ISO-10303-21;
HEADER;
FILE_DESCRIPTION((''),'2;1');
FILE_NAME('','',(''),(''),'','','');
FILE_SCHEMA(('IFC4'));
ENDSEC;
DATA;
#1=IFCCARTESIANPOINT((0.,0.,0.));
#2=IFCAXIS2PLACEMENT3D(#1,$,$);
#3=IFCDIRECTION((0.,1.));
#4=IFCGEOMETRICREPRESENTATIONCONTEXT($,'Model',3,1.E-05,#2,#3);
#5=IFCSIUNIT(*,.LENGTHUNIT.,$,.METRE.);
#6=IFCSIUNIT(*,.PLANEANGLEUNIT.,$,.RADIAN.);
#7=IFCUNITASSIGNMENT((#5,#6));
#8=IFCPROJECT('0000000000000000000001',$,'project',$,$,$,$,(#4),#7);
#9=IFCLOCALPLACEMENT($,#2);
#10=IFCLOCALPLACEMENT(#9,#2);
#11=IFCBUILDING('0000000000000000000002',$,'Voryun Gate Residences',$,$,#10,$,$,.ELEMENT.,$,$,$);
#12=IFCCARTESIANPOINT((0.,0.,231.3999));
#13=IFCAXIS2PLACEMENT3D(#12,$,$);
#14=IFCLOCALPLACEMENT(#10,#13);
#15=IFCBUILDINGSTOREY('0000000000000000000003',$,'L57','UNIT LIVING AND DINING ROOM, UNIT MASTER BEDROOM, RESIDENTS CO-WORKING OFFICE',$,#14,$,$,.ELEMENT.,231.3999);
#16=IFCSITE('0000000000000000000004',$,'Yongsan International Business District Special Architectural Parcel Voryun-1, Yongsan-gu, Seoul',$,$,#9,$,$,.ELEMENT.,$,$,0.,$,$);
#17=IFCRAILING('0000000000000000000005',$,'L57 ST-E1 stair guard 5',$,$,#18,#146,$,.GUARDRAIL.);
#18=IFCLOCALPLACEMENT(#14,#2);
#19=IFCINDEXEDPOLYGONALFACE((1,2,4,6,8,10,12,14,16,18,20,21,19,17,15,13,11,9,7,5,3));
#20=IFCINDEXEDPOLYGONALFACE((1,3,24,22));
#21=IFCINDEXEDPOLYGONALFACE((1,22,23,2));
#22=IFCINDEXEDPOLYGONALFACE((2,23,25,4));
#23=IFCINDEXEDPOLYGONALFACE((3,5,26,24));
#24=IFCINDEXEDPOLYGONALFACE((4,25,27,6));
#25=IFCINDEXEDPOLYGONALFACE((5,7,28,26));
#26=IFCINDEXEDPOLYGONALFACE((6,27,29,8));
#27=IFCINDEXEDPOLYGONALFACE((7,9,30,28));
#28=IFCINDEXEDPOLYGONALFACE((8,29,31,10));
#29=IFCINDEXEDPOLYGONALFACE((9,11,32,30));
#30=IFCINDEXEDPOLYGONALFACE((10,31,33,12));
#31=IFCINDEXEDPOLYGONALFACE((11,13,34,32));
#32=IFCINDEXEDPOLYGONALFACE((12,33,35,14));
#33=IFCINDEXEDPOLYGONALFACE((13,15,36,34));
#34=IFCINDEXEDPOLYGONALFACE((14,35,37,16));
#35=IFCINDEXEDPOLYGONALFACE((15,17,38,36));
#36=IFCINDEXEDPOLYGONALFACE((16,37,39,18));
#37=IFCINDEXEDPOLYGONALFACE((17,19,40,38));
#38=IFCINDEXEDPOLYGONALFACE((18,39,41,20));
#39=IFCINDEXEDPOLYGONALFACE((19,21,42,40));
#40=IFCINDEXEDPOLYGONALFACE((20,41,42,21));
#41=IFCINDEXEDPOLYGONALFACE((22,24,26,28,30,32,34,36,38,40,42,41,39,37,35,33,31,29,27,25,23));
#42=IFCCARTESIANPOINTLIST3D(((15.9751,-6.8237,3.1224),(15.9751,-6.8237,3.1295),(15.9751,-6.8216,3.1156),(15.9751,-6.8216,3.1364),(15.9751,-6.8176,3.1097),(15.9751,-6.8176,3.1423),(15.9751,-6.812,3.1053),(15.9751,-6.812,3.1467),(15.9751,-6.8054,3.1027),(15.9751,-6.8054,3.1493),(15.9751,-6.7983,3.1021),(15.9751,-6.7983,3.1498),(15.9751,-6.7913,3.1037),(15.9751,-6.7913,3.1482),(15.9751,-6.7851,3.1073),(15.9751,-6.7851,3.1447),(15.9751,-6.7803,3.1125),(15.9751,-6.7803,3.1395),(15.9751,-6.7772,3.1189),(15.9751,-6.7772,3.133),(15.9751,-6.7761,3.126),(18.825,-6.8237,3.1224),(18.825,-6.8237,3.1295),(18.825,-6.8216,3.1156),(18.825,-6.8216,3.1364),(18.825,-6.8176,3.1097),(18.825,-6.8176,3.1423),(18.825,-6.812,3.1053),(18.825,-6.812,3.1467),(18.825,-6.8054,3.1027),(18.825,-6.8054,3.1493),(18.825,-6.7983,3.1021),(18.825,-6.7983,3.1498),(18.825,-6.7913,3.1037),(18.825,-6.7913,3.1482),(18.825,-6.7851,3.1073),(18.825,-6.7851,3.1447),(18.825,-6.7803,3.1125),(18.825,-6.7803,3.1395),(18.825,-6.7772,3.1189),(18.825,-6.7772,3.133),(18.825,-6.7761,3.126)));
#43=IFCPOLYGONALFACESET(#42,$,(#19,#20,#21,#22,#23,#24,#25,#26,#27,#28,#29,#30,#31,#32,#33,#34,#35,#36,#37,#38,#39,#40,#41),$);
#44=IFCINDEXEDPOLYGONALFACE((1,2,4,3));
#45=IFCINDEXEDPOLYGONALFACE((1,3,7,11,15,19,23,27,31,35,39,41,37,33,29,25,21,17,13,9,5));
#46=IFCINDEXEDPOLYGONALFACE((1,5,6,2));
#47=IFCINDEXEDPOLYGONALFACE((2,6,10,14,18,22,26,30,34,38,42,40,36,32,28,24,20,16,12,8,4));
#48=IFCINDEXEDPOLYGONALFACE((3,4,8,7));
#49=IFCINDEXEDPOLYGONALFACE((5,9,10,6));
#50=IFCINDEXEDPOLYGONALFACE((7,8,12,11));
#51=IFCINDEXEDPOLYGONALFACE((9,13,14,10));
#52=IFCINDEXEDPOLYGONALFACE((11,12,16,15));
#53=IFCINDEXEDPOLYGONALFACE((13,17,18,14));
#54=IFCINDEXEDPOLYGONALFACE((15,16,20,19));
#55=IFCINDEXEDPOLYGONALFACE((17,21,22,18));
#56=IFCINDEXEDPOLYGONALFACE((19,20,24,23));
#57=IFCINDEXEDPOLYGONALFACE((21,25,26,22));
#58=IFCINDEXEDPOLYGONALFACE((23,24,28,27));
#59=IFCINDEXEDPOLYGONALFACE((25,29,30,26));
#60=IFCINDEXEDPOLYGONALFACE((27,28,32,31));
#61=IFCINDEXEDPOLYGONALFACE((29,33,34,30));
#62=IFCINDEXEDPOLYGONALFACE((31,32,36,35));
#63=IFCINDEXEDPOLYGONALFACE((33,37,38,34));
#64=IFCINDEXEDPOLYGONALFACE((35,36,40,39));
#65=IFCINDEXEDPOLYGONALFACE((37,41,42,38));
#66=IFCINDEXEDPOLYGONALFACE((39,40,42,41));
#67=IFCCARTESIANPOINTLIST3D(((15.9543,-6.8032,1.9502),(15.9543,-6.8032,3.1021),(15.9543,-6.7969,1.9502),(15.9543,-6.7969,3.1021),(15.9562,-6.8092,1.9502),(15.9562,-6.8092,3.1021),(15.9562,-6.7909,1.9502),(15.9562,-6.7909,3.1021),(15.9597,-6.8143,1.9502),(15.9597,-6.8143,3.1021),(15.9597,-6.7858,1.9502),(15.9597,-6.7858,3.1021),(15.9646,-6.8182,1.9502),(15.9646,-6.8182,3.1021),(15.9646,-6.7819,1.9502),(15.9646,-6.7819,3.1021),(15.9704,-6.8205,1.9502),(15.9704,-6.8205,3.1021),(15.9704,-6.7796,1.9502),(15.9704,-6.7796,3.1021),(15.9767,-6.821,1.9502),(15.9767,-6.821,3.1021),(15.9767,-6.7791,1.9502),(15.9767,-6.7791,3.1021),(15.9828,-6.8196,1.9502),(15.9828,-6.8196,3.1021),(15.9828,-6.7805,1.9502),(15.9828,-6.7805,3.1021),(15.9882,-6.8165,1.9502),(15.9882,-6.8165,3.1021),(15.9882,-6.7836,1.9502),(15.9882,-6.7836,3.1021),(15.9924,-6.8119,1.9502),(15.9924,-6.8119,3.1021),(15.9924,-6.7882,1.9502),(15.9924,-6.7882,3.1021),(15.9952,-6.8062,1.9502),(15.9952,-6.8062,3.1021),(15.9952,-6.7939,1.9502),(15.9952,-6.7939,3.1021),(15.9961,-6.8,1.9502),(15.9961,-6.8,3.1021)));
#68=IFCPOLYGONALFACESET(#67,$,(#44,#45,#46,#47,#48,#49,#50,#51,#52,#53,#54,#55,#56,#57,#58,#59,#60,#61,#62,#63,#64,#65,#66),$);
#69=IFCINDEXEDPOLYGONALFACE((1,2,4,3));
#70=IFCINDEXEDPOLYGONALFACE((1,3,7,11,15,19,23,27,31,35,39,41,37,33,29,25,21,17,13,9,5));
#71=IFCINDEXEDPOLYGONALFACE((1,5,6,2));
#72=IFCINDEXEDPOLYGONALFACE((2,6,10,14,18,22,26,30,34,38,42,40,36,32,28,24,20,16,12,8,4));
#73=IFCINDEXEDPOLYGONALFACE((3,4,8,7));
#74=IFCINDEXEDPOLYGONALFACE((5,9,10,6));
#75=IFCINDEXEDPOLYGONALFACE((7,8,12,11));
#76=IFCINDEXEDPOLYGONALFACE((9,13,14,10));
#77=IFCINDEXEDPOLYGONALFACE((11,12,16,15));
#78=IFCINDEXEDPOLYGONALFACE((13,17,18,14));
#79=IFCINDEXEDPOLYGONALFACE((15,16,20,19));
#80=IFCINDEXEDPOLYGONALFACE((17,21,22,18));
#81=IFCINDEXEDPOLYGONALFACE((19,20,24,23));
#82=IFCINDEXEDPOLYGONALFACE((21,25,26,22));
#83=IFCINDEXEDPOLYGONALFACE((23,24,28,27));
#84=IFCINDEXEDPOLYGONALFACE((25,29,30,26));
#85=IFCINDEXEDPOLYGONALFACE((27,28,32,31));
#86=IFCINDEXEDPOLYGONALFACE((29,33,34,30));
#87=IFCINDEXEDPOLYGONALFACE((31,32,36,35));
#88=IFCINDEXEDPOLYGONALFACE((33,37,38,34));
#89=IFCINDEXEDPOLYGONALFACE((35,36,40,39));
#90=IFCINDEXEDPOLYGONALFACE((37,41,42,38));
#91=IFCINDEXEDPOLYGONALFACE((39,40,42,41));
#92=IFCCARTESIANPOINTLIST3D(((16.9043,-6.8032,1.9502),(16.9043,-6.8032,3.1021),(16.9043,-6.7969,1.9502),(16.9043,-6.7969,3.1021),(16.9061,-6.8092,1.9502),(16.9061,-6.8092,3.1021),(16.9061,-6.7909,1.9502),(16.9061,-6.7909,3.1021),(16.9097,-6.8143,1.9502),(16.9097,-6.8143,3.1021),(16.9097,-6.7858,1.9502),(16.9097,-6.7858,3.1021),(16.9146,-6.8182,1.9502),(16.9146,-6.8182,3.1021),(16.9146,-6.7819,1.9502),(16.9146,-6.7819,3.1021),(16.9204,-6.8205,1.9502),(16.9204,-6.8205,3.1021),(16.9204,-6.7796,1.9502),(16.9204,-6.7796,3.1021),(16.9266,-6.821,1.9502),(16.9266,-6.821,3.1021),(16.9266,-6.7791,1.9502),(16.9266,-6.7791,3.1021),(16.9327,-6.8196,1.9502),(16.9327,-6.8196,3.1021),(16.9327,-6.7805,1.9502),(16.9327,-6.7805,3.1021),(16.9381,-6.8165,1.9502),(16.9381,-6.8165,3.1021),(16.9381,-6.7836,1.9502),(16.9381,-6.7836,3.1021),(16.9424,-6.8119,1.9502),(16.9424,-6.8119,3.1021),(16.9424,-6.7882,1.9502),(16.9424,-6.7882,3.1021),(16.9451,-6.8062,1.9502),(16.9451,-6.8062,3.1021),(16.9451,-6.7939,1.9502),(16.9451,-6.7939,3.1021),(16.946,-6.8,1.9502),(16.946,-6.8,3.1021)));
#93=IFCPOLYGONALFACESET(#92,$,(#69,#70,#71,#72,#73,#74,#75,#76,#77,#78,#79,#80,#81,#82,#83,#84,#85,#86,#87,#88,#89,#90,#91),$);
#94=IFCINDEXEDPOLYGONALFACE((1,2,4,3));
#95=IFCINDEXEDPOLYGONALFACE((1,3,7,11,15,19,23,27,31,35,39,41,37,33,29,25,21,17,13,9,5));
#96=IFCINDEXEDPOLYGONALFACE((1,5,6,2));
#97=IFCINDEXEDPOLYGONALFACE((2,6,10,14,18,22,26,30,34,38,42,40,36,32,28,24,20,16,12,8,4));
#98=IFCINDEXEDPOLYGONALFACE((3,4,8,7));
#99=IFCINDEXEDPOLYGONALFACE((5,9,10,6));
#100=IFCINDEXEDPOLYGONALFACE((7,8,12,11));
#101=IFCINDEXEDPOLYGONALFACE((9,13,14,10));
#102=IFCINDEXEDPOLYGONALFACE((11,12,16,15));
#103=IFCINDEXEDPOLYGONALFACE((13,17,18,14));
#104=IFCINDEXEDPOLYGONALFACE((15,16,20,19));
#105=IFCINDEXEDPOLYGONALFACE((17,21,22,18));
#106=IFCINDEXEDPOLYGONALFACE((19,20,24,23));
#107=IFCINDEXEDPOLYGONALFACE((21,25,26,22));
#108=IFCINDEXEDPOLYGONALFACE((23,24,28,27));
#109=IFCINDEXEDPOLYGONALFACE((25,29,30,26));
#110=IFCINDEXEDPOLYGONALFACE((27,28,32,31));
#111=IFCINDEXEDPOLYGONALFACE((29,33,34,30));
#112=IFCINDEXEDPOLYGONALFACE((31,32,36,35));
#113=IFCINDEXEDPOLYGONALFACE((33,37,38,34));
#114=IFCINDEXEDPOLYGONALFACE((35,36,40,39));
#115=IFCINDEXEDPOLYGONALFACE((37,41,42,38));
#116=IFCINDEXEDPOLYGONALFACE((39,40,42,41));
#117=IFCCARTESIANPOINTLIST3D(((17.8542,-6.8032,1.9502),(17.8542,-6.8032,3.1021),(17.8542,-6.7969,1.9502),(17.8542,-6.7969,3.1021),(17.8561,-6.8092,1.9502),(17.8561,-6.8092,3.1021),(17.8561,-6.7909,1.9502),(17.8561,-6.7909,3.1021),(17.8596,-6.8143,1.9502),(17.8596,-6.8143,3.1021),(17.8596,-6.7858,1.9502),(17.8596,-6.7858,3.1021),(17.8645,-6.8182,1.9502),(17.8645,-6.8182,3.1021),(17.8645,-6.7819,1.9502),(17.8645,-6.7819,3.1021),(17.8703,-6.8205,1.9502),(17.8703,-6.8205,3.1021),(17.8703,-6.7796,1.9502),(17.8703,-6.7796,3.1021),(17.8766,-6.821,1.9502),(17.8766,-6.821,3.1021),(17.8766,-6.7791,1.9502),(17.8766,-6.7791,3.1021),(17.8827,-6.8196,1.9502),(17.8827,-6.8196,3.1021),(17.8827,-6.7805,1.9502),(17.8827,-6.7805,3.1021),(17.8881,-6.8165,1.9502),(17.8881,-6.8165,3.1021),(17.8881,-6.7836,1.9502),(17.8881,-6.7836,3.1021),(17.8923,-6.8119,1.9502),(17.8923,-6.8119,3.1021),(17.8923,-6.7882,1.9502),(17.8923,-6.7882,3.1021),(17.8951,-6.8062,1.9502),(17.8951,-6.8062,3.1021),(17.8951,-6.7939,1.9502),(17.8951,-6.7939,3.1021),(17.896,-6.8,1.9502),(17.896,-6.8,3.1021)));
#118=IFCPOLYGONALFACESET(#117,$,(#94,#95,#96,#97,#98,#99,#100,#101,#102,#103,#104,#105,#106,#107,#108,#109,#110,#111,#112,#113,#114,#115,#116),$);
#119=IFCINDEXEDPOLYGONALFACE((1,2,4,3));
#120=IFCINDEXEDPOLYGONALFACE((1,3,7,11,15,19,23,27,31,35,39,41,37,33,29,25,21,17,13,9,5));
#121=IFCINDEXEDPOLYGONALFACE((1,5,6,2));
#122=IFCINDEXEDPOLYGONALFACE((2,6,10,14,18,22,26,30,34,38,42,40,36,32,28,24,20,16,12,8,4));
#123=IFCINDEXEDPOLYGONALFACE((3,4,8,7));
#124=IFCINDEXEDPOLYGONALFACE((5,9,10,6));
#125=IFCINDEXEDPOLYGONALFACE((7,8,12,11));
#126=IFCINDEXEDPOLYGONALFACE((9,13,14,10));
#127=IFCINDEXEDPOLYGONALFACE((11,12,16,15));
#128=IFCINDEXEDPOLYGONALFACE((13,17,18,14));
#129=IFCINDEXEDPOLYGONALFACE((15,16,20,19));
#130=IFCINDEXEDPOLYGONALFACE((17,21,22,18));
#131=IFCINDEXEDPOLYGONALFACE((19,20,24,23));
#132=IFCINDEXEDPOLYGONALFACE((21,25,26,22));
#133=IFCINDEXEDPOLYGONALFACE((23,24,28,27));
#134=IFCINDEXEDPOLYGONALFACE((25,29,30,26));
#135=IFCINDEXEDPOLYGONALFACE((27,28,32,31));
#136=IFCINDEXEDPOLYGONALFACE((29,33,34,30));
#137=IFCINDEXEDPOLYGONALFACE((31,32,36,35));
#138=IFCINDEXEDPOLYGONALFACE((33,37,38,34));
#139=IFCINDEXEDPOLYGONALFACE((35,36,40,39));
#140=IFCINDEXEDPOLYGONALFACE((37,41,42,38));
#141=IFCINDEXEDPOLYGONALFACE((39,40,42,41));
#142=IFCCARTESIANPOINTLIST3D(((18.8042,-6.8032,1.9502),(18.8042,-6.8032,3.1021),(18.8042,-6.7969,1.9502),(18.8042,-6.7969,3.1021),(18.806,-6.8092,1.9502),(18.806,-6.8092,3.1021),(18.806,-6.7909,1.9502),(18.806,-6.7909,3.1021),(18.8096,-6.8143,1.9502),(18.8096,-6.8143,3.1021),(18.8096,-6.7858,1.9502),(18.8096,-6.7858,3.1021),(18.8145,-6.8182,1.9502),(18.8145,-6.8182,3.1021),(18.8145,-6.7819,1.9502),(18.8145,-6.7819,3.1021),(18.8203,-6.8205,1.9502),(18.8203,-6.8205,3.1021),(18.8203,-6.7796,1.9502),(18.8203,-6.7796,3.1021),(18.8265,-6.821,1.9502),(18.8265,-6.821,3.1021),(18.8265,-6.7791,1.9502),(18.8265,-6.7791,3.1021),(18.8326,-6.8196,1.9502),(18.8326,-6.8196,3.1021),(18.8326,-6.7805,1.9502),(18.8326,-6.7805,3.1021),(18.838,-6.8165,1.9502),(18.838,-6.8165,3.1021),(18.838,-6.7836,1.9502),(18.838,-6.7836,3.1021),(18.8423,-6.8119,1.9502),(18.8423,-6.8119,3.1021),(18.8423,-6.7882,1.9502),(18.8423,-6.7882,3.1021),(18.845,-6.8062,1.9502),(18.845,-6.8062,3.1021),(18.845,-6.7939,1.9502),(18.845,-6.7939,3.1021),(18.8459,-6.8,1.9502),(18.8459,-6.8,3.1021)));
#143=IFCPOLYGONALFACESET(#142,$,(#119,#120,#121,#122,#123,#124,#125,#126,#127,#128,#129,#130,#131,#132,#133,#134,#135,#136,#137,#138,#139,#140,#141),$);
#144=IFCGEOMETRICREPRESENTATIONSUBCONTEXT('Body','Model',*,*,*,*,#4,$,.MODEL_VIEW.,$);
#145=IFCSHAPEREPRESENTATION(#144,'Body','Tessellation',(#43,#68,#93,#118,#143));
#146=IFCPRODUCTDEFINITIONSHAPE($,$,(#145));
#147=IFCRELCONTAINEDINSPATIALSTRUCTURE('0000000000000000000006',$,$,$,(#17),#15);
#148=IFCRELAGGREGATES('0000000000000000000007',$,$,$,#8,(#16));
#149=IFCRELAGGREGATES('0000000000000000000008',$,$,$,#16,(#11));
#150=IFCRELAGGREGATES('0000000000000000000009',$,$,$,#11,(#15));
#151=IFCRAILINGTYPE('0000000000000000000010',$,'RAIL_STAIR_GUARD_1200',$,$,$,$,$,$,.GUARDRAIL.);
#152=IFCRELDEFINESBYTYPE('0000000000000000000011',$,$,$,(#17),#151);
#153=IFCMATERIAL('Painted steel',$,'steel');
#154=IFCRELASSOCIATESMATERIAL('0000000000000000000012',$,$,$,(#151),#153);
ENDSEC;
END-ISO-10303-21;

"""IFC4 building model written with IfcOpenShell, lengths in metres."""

from ifc_helpers import new_model, si_unit, direction, frame, origin, origin_2d, place, context, subcontext, project, spatial, circle, extrude, material, type_object, element, save


model = new_model("IFC4")

# Units and contexts
model_context = context("Model", 3, precision=1e-05, world=origin(), true_north=direction((0.0, 1.0)))
body_context = subcontext(model_context, "Body", "Model", "MODEL_VIEW")
ifc_project = project(units=[si_unit("LENGTHUNIT", "METRE"), si_unit("PLANEANGLEUNIT", "RADIAN")], contexts=[model_context])

# Site, building, storey
site_placement = place(None, origin())
site = spatial("IfcSite", under=ifc_project, at=site_placement, Name="Yongsan International Business District Special Architectural Parcel Voryun-1, Yongsan-gu, Seoul", CompositionType="ELEMENT", RefElevation=0.0)
building_placement = place(site_placement, origin())
building = spatial("IfcBuilding", under=site, at=building_placement, Name="Voryun Gate Residences", CompositionType="ELEMENT")
storey_placement = place(building_placement, frame((0.0, 0.0, 231.3999)))
storey = spatial("IfcBuildingStorey", under=building, at=storey_placement, Name="L57", Description="UNIT LIVING AND DINING ROOM, UNIT MASTER BEDROOM, RESIDENTS CO-WORKING OFFICE", CompositionType="ELEMENT", Elevation=231.3999)

# Railing
ifc_material_1 = material(Name="Painted steel", Category="steel")
railing_type_1 = type_object("IfcRailingType", Name="RAIL_STAIR_GUARD_1200", PredefinedType="GUARDRAIL", material=ifc_material_1)
railing_1_placement = place(storey_placement, frame((15.9751, -6.8, 1.9502)))
element("IfcRailing", 1, at=railing_1_placement, inside=storey, type_object=railing_type_1, Name="L57 ST-E1 stair guard 5", PredefinedType="GUARDRAIL", context=body_context, shape_type="SweptSolid", body=[
    extrude(circle(Radius=0.0239, at=origin_2d()), frame((0.0, 0.0, 1.1758), z_axis=(1.0, 0.0, 0.0), x_axis=(0.0, 1.0, 0.0)), (0.0, 0.0, 1.0), 2.8499),
    extrude(circle(Radius=0.021, at=origin_2d()), origin(), (0.0, 0.0, 1.0), 1.1519),
    extrude(circle(Radius=0.021, at=origin_2d()), frame((0.95, 0.0, 0.0)), (0.0, 0.0, 1.0), 1.1519),
    extrude(circle(Radius=0.021, at=origin_2d()), frame((1.8999, 0.0, 0.0)), (0.0, 0.0, 1.0), 1.1519),
    extrude(circle(Radius=0.021, at=origin_2d()), frame((2.8499, 0.0, 0.0)), (0.0, 0.0, 1.0), 1.1519),
])

save(model, "model.ifc")
